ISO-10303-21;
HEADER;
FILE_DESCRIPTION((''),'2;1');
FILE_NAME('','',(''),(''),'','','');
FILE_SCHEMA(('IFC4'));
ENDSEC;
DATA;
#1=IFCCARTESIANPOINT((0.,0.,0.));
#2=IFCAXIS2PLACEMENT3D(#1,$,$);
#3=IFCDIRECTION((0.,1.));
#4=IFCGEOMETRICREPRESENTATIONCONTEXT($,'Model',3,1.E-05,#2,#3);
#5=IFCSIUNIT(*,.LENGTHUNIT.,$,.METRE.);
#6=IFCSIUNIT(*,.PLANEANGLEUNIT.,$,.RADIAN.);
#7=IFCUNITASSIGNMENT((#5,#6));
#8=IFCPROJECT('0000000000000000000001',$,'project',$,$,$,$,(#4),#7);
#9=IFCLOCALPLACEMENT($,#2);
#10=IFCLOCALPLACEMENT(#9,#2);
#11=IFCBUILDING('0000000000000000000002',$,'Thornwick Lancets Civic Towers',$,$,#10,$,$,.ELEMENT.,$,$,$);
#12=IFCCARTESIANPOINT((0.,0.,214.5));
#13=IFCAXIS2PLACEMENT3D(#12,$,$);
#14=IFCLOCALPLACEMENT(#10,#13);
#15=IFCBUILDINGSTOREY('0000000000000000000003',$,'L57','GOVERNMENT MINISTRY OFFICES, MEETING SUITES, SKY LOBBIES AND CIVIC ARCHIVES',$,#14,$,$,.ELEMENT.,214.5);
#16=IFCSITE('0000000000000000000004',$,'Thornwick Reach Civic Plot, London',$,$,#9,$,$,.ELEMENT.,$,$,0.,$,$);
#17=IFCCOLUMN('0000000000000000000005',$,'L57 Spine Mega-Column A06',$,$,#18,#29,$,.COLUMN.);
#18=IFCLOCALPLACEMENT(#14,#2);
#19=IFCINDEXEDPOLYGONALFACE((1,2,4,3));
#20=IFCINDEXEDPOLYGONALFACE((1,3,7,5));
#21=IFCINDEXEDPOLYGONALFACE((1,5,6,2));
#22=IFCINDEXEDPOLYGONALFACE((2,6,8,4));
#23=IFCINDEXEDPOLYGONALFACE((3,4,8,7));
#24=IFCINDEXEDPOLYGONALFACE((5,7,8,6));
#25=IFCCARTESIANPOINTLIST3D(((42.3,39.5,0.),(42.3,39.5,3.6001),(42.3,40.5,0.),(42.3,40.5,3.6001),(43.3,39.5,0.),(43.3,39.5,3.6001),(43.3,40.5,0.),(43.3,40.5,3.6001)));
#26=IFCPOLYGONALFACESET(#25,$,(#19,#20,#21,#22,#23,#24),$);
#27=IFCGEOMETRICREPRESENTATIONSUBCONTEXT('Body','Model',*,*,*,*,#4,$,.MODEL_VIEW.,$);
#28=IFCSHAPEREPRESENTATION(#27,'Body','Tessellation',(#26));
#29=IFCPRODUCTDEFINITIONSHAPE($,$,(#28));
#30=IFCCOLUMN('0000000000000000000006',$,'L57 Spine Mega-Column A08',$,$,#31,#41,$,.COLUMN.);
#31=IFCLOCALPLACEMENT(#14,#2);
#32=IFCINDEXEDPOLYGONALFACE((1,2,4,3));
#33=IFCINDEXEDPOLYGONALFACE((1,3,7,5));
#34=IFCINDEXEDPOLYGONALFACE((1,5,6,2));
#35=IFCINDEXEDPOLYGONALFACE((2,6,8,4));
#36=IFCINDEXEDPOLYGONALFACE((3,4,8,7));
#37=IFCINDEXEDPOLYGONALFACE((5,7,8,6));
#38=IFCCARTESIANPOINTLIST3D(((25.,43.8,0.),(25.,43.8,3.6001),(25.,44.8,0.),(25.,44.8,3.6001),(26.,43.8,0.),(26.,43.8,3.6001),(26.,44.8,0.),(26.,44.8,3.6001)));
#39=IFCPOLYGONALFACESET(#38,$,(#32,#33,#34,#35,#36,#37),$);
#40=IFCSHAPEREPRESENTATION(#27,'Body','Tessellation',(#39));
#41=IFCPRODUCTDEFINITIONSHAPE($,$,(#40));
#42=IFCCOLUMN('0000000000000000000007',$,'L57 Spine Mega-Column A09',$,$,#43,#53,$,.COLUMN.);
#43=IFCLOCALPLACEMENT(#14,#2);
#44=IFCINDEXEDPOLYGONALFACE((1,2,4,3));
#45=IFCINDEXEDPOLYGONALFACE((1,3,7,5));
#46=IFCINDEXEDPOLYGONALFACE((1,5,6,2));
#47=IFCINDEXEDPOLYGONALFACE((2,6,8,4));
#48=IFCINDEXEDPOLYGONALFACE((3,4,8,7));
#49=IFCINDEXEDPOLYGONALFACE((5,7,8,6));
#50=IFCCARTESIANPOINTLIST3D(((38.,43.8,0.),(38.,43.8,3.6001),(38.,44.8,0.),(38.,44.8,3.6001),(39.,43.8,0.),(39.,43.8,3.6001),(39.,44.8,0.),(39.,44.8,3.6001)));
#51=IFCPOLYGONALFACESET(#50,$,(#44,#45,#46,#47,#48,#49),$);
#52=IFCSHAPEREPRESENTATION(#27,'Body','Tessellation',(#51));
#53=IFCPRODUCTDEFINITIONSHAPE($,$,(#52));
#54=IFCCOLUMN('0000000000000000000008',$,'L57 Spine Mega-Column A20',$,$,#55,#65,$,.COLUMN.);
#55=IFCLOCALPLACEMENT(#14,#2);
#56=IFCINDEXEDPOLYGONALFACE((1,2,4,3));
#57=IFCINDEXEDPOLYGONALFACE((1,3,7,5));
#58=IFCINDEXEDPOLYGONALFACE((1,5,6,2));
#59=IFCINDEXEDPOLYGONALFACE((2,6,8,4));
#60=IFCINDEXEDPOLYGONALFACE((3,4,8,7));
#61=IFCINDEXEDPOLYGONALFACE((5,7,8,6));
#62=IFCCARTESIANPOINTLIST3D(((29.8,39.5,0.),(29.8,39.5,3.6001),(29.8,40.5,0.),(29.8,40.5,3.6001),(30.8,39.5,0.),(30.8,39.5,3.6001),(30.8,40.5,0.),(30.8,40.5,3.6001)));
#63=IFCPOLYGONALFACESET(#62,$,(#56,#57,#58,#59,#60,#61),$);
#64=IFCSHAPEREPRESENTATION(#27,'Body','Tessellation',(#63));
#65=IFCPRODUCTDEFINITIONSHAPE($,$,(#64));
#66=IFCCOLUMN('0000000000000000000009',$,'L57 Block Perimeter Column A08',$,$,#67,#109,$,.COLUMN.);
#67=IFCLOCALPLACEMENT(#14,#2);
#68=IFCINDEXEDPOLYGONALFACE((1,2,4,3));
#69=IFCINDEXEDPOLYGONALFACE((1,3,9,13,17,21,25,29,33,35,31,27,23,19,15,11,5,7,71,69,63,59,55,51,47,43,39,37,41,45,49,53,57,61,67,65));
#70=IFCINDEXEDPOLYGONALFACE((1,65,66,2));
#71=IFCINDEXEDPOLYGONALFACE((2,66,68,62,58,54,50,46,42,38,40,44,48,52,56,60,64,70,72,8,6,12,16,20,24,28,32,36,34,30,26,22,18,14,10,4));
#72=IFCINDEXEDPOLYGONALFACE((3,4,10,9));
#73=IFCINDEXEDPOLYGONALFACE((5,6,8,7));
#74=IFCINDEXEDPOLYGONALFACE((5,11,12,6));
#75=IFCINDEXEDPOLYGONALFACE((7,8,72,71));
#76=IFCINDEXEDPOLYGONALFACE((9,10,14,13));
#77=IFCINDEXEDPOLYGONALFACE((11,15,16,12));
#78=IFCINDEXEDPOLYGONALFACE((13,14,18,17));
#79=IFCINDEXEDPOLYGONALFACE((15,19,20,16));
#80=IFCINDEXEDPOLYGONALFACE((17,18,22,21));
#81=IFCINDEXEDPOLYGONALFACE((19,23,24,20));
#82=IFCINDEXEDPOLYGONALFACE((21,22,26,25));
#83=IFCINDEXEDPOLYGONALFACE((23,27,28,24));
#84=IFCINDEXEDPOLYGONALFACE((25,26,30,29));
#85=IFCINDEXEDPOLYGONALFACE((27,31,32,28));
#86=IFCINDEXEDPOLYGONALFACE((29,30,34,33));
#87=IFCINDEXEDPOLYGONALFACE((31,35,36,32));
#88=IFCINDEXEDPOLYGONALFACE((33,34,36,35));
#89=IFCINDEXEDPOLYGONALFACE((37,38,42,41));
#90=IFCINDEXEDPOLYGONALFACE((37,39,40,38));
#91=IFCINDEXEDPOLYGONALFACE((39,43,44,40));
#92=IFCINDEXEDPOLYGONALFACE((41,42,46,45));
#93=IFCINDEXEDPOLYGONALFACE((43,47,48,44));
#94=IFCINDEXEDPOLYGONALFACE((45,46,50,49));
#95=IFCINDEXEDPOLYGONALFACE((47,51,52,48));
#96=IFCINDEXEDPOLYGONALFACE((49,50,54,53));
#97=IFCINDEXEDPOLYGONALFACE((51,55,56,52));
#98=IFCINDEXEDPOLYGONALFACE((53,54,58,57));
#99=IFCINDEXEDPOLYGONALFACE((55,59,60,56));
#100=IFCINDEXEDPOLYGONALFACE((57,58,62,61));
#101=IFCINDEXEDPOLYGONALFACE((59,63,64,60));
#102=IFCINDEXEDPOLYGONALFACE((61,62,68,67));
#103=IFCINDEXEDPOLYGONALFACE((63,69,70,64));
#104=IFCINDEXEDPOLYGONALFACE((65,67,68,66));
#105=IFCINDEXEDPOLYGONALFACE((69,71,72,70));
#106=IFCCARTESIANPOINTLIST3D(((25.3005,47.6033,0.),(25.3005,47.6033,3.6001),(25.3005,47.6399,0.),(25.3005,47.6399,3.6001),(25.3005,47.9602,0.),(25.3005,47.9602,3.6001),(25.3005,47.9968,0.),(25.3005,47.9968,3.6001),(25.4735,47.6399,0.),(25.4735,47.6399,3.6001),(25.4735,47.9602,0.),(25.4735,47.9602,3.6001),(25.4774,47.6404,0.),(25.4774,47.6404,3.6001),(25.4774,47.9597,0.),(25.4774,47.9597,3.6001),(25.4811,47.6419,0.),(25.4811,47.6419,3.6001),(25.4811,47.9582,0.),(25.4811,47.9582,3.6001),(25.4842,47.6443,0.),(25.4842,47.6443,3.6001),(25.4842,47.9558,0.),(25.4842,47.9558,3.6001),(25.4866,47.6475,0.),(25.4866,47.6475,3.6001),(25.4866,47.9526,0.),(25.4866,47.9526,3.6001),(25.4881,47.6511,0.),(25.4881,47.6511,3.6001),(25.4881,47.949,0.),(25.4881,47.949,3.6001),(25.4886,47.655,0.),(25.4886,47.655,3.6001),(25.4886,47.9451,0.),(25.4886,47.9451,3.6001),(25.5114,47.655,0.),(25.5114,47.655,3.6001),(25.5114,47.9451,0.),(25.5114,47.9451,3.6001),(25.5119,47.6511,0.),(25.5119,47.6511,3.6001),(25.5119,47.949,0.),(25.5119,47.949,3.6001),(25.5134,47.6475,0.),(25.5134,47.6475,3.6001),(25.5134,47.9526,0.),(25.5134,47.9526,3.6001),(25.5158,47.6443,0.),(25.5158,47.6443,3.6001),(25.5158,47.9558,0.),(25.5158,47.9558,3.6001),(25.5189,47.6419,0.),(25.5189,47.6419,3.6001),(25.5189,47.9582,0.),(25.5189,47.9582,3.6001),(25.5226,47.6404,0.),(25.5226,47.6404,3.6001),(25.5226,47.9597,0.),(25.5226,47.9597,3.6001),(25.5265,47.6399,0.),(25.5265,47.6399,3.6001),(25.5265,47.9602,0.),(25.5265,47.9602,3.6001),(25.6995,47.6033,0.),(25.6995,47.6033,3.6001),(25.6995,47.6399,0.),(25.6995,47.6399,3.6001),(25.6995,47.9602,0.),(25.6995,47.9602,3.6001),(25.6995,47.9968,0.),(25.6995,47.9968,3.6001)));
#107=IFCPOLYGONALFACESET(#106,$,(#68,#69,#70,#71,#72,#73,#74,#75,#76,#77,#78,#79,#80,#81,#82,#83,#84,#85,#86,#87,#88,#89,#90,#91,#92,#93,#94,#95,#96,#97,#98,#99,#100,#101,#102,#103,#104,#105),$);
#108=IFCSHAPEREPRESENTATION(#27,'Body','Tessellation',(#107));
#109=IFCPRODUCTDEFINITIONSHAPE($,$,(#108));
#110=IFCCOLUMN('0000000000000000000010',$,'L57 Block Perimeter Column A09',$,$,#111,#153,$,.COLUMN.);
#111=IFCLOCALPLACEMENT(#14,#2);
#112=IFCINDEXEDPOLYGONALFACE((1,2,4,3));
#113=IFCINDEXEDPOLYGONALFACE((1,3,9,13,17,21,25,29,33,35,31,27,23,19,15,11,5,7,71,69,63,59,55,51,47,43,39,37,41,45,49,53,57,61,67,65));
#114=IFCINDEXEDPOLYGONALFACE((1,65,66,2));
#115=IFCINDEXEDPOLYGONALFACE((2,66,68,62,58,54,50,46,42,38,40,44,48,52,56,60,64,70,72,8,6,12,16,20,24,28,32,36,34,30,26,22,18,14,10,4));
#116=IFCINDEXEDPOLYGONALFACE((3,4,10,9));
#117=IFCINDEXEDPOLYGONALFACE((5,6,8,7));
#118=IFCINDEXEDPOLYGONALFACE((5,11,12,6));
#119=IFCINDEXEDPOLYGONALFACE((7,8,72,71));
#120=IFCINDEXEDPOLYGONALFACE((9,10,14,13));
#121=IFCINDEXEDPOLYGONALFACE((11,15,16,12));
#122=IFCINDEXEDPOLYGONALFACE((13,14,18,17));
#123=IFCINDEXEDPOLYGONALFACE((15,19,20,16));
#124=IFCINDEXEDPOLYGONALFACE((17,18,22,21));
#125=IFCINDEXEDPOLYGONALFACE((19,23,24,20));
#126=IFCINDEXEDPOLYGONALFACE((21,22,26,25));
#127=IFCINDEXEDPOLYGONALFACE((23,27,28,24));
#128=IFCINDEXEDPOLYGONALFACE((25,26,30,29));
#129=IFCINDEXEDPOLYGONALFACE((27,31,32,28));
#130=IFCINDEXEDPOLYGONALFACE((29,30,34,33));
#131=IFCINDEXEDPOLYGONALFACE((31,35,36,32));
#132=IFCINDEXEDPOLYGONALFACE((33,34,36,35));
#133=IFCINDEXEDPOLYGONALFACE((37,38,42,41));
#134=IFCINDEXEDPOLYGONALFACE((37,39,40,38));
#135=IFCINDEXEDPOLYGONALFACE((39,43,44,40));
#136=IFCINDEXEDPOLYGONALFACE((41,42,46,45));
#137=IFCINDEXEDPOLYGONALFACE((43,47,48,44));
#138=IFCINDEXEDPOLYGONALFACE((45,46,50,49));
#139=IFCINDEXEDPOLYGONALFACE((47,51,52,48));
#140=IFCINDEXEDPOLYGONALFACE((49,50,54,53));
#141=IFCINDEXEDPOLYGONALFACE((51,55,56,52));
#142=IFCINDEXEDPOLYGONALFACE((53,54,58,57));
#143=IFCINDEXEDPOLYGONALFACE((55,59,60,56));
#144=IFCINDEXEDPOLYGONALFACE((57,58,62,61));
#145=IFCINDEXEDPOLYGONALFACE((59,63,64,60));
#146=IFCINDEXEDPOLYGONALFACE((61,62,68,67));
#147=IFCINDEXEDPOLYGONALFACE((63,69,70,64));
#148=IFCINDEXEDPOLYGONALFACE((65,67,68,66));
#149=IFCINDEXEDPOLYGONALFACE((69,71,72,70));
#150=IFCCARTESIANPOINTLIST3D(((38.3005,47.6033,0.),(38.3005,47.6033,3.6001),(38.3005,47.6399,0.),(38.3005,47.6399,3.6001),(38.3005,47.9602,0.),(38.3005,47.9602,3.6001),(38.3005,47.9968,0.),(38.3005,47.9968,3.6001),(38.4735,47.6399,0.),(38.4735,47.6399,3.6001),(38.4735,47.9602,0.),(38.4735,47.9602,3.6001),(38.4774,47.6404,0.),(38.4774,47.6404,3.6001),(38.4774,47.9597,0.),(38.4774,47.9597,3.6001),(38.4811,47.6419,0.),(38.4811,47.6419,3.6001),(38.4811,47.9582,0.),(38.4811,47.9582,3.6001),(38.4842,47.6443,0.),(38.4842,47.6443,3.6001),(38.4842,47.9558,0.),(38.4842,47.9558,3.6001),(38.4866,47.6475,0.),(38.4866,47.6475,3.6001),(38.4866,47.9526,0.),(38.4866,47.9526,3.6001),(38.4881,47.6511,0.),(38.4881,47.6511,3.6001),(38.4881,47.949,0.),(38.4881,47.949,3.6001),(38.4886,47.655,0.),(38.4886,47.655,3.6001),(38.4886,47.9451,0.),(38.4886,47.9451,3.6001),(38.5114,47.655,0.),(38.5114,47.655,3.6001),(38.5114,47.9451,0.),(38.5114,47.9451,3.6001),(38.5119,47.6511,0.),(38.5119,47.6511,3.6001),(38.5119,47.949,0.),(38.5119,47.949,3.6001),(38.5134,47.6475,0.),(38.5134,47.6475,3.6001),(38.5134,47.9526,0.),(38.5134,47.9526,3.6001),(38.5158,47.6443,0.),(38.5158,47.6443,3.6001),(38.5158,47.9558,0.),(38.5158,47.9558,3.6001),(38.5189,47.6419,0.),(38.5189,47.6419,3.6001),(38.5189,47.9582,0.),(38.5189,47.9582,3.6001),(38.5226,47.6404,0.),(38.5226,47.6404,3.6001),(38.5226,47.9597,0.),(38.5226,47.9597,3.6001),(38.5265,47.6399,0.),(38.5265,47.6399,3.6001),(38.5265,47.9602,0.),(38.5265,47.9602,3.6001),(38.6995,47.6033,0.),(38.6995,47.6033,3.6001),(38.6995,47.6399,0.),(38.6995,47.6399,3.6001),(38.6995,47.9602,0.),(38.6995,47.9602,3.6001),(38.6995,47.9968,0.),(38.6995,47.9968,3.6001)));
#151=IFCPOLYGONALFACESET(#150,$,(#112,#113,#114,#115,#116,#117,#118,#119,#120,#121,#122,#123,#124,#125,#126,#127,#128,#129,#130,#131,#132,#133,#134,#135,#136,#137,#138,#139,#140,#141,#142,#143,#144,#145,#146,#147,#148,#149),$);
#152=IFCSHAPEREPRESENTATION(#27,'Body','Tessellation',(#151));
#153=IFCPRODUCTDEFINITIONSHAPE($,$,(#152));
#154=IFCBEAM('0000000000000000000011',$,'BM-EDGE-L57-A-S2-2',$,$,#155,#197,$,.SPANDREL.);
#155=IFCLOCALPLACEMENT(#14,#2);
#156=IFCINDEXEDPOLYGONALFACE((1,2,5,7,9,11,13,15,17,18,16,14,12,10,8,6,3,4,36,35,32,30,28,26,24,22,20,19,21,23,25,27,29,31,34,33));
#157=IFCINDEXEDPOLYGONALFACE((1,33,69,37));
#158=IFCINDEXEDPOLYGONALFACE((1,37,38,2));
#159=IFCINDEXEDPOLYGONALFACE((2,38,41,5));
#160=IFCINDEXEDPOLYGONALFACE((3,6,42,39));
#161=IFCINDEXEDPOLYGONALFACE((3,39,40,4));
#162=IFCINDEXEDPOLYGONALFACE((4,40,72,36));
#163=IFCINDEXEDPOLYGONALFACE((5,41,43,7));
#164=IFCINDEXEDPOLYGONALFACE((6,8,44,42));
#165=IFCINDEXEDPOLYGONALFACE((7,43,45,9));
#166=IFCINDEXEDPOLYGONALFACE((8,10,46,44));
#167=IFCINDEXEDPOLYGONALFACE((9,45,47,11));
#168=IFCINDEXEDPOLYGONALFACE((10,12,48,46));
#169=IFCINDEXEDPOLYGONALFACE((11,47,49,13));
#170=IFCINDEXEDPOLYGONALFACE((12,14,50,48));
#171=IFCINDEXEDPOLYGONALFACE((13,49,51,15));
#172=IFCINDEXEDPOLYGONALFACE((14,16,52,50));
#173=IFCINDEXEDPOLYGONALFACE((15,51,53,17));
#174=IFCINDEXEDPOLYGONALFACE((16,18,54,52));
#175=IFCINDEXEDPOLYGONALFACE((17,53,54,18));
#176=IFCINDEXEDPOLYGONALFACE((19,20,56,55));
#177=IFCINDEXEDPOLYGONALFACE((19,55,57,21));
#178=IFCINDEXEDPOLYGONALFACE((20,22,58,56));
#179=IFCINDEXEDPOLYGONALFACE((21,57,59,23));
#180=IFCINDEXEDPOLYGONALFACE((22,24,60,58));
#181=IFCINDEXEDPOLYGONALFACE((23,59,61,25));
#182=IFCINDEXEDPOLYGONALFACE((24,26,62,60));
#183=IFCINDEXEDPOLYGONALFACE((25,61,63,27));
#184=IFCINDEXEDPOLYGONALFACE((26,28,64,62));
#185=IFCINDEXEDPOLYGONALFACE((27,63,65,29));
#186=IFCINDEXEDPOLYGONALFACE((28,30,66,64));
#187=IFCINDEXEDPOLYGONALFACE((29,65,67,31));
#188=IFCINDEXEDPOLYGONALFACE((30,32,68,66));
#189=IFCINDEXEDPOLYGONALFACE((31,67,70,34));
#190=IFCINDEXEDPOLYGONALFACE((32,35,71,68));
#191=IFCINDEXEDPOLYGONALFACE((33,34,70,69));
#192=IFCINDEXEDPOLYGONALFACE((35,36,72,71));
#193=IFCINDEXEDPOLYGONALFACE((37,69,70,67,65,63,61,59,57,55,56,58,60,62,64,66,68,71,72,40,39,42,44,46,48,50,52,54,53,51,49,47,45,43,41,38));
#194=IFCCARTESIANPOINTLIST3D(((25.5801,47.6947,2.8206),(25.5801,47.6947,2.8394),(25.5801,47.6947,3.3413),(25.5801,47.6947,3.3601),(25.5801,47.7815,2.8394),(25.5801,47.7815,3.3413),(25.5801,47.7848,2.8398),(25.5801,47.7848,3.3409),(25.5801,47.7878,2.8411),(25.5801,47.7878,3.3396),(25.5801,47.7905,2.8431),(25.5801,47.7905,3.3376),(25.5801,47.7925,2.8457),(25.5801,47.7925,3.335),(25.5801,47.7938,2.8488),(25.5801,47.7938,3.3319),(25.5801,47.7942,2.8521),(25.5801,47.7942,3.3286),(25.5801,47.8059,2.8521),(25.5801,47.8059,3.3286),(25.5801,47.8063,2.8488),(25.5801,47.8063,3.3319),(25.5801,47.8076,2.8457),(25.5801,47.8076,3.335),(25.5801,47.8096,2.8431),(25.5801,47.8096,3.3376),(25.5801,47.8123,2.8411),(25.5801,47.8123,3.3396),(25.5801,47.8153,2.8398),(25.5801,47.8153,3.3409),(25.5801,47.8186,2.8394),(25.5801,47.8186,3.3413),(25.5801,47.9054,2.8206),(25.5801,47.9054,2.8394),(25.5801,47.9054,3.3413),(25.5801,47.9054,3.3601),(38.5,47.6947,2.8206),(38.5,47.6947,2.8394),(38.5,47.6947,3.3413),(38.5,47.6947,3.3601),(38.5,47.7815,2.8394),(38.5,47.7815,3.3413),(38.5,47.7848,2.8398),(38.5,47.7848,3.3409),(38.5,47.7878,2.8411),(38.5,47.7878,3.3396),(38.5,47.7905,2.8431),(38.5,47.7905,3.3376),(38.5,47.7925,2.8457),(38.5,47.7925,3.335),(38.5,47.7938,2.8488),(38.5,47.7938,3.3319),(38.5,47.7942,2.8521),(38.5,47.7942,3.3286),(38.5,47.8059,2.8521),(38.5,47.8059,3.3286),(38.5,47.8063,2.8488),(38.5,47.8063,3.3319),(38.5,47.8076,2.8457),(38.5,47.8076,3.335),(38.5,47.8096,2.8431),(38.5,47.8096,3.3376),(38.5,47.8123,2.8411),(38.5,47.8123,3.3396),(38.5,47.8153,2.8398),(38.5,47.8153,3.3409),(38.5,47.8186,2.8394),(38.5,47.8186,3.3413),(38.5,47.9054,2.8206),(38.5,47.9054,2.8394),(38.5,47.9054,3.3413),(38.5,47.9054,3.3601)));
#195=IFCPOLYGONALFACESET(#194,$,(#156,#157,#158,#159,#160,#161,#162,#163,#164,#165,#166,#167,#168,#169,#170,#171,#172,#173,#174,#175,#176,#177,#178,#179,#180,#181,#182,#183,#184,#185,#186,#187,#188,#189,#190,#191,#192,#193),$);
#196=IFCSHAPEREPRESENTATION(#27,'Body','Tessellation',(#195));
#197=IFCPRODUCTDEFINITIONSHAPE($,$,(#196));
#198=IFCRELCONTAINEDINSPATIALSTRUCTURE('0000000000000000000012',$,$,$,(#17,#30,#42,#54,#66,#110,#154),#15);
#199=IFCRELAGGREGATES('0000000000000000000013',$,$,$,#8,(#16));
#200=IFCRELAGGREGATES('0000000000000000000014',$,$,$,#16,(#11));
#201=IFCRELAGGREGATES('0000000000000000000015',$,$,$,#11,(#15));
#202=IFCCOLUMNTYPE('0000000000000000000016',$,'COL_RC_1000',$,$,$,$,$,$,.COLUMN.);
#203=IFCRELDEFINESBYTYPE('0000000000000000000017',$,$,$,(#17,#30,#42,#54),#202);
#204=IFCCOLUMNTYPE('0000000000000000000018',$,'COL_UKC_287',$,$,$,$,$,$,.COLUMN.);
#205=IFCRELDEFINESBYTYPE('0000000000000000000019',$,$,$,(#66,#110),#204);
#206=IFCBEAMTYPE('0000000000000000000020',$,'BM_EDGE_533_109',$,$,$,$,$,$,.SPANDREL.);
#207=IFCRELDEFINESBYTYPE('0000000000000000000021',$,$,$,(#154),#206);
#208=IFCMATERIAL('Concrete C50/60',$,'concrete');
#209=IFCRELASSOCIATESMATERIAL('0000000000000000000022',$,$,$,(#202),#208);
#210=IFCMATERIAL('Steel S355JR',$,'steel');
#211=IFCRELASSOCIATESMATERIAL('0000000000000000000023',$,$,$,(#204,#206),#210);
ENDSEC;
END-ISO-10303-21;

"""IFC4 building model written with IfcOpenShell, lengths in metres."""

from ifc_helpers import new_model, si_unit, direction, frame, origin, origin_2d, place, context, subcontext, project, spatial, rectangle, i_section, extrude, material, material_profile, profile_set, type_object, element, save


model = new_model("IFC4")

# Units and contexts
model_context = context("Model", 3, precision=1e-05, world=origin(), true_north=direction((0.0, 1.0)))
body_context = subcontext(model_context, "Body", "Model", "MODEL_VIEW")
ifc_project = project(units=[si_unit("LENGTHUNIT", "METRE"), si_unit("PLANEANGLEUNIT", "RADIAN")], contexts=[model_context])

# Site, building, storey
site_placement = place(None, origin())
site = spatial("IfcSite", under=ifc_project, at=site_placement, Name="Thornwick Reach Civic Plot, London", CompositionType="ELEMENT", RefElevation=0.0)
building_placement = place(site_placement, origin())
building = spatial("IfcBuilding", under=site, at=building_placement, Name="Thornwick Lancets Civic Towers", CompositionType="ELEMENT")
storey_placement = place(building_placement, frame((0.0, 0.0, 214.5)))
storey = spatial("IfcBuildingStorey", under=building, at=storey_placement, Name="L57", Description="GOVERNMENT MINISTRY OFFICES, MEETING SUITES, SKY LOBBIES AND CIVIC ARCHIVES", CompositionType="ELEMENT", Elevation=214.5)

# Columns
ifc_material_1 = material(Name="Concrete C50/60", Category="concrete")
ifc_material_profile_1 = material_profile(ifc_material_1, rectangle(XDim=1.0, YDim=1.0, at=origin_2d()), Name="RC 1000x1000")
ifc_profile_set_1 = profile_set([ifc_material_profile_1], Name="Concrete C50/60")
column_type_1 = type_object("IfcColumnType", Name="COL_RC_1000", PredefinedType="COLUMN", material=ifc_profile_set_1)
for number, where, z_axis, x_axis, name in (
    (1, (42.8, 40.0, 0.0), (0.0, 0.0, 1.0), (1.0, 0.0, 0.0), "L57 Spine Mega-Column A06"),
    (2, (25.5, 44.3, 0.0), (0.0, 0.0, 1.0), (1.0, 0.0, 0.0), "L57 Spine Mega-Column A08"),
    (3, (38.5, 44.3, 0.0), (0.0, 0.0, 1.0), (1.0, 0.0, 0.0), "L57 Spine Mega-Column A09"),
    (4, (30.3, 40.0, 0.0), (0.0, 0.0, 1.0), (1.0, 0.0, 0.0), "L57 Spine Mega-Column A20"),
):
    element("IfcColumn", number, at=place(storey_placement, frame(where, z_axis=z_axis, x_axis=x_axis)), inside=storey, type_object=column_type_1, Name=name, PredefinedType="COLUMN", context=body_context, shape_type="SweptSolid", body=[
        extrude(rectangle(XDim=1.0, YDim=1.0, at=origin_2d()), origin(), (0.0, 0.0, 1.0), 3.6001),
    ])
ifc_material_2 = material(Name="Steel S355JR", Category="steel")
ifc_material_profile_2 = material_profile(ifc_material_2, i_section(OverallWidth=0.3989, OverallDepth=0.3936, WebThickness=0.0227, FlangeThickness=0.0366, FilletRadius=0.0151, at=origin_2d()), Name="UKC 356x406x287")
ifc_profile_set_2 = profile_set([ifc_material_profile_2], Name="Steel S355JR")
column_type_2 = type_object("IfcColumnType", Name="COL_UKC_287", PredefinedType="COLUMN", material=ifc_profile_set_2)
for number, where, z_axis, x_axis, name in (
    (5, (25.5, 47.8, 0.0), (0.0, 0.0, 1.0), (1.0, 0.0, 0.0), "L57 Block Perimeter Column A08"),
    (6, (38.5, 47.8, 0.0), (0.0, 0.0, 1.0), (1.0, 0.0, 0.0), "L57 Block Perimeter Column A09"),
):
    element("IfcColumn", number, at=place(storey_placement, frame(where, z_axis=z_axis, x_axis=x_axis)), inside=storey, type_object=column_type_2, Name=name, PredefinedType="COLUMN", context=body_context, shape_type="SweptSolid", body=[
        extrude(i_section(OverallWidth=0.3989, OverallDepth=0.3936, WebThickness=0.0227, FlangeThickness=0.0366, FilletRadius=0.0151, at=origin_2d()), origin(), (0.0, 0.0, 1.0), 3.6001),
    ])

# Beam
ifc_material_profile_3 = material_profile(ifc_material_2, i_section(OverallWidth=0.2107, OverallDepth=0.5396, WebThickness=0.0117, FlangeThickness=0.0188, FilletRadius=0.0127, at=origin_2d()), Name="UKB 533x210x109")
ifc_profile_set_3 = profile_set([ifc_material_profile_3], Name="Steel S355JR")
beam_type_1 = type_object("IfcBeamType", Name="BM_EDGE_533_109", PredefinedType="SPANDREL", material=ifc_profile_set_3)
beam_1_placement = place(storey_placement, frame((25.5801, 47.8, 3.0903), z_axis=(1.0, 0.0, 0.0), x_axis=(0.0, 1.0, 0.0)))
element("IfcBeam", 7, at=beam_1_placement, inside=storey, type_object=beam_type_1, Name="BM-EDGE-L57-A-S2-2", PredefinedType="SPANDREL", context=body_context, shape_type="SweptSolid", body=[
    extrude(i_section(OverallWidth=0.2107, OverallDepth=0.5396, WebThickness=0.0117, FlangeThickness=0.0188, FilletRadius=0.0127, at=origin_2d()), origin(), (0.0, 0.0, 1.0), 12.9199),
])

save(model, "model.ifc")
